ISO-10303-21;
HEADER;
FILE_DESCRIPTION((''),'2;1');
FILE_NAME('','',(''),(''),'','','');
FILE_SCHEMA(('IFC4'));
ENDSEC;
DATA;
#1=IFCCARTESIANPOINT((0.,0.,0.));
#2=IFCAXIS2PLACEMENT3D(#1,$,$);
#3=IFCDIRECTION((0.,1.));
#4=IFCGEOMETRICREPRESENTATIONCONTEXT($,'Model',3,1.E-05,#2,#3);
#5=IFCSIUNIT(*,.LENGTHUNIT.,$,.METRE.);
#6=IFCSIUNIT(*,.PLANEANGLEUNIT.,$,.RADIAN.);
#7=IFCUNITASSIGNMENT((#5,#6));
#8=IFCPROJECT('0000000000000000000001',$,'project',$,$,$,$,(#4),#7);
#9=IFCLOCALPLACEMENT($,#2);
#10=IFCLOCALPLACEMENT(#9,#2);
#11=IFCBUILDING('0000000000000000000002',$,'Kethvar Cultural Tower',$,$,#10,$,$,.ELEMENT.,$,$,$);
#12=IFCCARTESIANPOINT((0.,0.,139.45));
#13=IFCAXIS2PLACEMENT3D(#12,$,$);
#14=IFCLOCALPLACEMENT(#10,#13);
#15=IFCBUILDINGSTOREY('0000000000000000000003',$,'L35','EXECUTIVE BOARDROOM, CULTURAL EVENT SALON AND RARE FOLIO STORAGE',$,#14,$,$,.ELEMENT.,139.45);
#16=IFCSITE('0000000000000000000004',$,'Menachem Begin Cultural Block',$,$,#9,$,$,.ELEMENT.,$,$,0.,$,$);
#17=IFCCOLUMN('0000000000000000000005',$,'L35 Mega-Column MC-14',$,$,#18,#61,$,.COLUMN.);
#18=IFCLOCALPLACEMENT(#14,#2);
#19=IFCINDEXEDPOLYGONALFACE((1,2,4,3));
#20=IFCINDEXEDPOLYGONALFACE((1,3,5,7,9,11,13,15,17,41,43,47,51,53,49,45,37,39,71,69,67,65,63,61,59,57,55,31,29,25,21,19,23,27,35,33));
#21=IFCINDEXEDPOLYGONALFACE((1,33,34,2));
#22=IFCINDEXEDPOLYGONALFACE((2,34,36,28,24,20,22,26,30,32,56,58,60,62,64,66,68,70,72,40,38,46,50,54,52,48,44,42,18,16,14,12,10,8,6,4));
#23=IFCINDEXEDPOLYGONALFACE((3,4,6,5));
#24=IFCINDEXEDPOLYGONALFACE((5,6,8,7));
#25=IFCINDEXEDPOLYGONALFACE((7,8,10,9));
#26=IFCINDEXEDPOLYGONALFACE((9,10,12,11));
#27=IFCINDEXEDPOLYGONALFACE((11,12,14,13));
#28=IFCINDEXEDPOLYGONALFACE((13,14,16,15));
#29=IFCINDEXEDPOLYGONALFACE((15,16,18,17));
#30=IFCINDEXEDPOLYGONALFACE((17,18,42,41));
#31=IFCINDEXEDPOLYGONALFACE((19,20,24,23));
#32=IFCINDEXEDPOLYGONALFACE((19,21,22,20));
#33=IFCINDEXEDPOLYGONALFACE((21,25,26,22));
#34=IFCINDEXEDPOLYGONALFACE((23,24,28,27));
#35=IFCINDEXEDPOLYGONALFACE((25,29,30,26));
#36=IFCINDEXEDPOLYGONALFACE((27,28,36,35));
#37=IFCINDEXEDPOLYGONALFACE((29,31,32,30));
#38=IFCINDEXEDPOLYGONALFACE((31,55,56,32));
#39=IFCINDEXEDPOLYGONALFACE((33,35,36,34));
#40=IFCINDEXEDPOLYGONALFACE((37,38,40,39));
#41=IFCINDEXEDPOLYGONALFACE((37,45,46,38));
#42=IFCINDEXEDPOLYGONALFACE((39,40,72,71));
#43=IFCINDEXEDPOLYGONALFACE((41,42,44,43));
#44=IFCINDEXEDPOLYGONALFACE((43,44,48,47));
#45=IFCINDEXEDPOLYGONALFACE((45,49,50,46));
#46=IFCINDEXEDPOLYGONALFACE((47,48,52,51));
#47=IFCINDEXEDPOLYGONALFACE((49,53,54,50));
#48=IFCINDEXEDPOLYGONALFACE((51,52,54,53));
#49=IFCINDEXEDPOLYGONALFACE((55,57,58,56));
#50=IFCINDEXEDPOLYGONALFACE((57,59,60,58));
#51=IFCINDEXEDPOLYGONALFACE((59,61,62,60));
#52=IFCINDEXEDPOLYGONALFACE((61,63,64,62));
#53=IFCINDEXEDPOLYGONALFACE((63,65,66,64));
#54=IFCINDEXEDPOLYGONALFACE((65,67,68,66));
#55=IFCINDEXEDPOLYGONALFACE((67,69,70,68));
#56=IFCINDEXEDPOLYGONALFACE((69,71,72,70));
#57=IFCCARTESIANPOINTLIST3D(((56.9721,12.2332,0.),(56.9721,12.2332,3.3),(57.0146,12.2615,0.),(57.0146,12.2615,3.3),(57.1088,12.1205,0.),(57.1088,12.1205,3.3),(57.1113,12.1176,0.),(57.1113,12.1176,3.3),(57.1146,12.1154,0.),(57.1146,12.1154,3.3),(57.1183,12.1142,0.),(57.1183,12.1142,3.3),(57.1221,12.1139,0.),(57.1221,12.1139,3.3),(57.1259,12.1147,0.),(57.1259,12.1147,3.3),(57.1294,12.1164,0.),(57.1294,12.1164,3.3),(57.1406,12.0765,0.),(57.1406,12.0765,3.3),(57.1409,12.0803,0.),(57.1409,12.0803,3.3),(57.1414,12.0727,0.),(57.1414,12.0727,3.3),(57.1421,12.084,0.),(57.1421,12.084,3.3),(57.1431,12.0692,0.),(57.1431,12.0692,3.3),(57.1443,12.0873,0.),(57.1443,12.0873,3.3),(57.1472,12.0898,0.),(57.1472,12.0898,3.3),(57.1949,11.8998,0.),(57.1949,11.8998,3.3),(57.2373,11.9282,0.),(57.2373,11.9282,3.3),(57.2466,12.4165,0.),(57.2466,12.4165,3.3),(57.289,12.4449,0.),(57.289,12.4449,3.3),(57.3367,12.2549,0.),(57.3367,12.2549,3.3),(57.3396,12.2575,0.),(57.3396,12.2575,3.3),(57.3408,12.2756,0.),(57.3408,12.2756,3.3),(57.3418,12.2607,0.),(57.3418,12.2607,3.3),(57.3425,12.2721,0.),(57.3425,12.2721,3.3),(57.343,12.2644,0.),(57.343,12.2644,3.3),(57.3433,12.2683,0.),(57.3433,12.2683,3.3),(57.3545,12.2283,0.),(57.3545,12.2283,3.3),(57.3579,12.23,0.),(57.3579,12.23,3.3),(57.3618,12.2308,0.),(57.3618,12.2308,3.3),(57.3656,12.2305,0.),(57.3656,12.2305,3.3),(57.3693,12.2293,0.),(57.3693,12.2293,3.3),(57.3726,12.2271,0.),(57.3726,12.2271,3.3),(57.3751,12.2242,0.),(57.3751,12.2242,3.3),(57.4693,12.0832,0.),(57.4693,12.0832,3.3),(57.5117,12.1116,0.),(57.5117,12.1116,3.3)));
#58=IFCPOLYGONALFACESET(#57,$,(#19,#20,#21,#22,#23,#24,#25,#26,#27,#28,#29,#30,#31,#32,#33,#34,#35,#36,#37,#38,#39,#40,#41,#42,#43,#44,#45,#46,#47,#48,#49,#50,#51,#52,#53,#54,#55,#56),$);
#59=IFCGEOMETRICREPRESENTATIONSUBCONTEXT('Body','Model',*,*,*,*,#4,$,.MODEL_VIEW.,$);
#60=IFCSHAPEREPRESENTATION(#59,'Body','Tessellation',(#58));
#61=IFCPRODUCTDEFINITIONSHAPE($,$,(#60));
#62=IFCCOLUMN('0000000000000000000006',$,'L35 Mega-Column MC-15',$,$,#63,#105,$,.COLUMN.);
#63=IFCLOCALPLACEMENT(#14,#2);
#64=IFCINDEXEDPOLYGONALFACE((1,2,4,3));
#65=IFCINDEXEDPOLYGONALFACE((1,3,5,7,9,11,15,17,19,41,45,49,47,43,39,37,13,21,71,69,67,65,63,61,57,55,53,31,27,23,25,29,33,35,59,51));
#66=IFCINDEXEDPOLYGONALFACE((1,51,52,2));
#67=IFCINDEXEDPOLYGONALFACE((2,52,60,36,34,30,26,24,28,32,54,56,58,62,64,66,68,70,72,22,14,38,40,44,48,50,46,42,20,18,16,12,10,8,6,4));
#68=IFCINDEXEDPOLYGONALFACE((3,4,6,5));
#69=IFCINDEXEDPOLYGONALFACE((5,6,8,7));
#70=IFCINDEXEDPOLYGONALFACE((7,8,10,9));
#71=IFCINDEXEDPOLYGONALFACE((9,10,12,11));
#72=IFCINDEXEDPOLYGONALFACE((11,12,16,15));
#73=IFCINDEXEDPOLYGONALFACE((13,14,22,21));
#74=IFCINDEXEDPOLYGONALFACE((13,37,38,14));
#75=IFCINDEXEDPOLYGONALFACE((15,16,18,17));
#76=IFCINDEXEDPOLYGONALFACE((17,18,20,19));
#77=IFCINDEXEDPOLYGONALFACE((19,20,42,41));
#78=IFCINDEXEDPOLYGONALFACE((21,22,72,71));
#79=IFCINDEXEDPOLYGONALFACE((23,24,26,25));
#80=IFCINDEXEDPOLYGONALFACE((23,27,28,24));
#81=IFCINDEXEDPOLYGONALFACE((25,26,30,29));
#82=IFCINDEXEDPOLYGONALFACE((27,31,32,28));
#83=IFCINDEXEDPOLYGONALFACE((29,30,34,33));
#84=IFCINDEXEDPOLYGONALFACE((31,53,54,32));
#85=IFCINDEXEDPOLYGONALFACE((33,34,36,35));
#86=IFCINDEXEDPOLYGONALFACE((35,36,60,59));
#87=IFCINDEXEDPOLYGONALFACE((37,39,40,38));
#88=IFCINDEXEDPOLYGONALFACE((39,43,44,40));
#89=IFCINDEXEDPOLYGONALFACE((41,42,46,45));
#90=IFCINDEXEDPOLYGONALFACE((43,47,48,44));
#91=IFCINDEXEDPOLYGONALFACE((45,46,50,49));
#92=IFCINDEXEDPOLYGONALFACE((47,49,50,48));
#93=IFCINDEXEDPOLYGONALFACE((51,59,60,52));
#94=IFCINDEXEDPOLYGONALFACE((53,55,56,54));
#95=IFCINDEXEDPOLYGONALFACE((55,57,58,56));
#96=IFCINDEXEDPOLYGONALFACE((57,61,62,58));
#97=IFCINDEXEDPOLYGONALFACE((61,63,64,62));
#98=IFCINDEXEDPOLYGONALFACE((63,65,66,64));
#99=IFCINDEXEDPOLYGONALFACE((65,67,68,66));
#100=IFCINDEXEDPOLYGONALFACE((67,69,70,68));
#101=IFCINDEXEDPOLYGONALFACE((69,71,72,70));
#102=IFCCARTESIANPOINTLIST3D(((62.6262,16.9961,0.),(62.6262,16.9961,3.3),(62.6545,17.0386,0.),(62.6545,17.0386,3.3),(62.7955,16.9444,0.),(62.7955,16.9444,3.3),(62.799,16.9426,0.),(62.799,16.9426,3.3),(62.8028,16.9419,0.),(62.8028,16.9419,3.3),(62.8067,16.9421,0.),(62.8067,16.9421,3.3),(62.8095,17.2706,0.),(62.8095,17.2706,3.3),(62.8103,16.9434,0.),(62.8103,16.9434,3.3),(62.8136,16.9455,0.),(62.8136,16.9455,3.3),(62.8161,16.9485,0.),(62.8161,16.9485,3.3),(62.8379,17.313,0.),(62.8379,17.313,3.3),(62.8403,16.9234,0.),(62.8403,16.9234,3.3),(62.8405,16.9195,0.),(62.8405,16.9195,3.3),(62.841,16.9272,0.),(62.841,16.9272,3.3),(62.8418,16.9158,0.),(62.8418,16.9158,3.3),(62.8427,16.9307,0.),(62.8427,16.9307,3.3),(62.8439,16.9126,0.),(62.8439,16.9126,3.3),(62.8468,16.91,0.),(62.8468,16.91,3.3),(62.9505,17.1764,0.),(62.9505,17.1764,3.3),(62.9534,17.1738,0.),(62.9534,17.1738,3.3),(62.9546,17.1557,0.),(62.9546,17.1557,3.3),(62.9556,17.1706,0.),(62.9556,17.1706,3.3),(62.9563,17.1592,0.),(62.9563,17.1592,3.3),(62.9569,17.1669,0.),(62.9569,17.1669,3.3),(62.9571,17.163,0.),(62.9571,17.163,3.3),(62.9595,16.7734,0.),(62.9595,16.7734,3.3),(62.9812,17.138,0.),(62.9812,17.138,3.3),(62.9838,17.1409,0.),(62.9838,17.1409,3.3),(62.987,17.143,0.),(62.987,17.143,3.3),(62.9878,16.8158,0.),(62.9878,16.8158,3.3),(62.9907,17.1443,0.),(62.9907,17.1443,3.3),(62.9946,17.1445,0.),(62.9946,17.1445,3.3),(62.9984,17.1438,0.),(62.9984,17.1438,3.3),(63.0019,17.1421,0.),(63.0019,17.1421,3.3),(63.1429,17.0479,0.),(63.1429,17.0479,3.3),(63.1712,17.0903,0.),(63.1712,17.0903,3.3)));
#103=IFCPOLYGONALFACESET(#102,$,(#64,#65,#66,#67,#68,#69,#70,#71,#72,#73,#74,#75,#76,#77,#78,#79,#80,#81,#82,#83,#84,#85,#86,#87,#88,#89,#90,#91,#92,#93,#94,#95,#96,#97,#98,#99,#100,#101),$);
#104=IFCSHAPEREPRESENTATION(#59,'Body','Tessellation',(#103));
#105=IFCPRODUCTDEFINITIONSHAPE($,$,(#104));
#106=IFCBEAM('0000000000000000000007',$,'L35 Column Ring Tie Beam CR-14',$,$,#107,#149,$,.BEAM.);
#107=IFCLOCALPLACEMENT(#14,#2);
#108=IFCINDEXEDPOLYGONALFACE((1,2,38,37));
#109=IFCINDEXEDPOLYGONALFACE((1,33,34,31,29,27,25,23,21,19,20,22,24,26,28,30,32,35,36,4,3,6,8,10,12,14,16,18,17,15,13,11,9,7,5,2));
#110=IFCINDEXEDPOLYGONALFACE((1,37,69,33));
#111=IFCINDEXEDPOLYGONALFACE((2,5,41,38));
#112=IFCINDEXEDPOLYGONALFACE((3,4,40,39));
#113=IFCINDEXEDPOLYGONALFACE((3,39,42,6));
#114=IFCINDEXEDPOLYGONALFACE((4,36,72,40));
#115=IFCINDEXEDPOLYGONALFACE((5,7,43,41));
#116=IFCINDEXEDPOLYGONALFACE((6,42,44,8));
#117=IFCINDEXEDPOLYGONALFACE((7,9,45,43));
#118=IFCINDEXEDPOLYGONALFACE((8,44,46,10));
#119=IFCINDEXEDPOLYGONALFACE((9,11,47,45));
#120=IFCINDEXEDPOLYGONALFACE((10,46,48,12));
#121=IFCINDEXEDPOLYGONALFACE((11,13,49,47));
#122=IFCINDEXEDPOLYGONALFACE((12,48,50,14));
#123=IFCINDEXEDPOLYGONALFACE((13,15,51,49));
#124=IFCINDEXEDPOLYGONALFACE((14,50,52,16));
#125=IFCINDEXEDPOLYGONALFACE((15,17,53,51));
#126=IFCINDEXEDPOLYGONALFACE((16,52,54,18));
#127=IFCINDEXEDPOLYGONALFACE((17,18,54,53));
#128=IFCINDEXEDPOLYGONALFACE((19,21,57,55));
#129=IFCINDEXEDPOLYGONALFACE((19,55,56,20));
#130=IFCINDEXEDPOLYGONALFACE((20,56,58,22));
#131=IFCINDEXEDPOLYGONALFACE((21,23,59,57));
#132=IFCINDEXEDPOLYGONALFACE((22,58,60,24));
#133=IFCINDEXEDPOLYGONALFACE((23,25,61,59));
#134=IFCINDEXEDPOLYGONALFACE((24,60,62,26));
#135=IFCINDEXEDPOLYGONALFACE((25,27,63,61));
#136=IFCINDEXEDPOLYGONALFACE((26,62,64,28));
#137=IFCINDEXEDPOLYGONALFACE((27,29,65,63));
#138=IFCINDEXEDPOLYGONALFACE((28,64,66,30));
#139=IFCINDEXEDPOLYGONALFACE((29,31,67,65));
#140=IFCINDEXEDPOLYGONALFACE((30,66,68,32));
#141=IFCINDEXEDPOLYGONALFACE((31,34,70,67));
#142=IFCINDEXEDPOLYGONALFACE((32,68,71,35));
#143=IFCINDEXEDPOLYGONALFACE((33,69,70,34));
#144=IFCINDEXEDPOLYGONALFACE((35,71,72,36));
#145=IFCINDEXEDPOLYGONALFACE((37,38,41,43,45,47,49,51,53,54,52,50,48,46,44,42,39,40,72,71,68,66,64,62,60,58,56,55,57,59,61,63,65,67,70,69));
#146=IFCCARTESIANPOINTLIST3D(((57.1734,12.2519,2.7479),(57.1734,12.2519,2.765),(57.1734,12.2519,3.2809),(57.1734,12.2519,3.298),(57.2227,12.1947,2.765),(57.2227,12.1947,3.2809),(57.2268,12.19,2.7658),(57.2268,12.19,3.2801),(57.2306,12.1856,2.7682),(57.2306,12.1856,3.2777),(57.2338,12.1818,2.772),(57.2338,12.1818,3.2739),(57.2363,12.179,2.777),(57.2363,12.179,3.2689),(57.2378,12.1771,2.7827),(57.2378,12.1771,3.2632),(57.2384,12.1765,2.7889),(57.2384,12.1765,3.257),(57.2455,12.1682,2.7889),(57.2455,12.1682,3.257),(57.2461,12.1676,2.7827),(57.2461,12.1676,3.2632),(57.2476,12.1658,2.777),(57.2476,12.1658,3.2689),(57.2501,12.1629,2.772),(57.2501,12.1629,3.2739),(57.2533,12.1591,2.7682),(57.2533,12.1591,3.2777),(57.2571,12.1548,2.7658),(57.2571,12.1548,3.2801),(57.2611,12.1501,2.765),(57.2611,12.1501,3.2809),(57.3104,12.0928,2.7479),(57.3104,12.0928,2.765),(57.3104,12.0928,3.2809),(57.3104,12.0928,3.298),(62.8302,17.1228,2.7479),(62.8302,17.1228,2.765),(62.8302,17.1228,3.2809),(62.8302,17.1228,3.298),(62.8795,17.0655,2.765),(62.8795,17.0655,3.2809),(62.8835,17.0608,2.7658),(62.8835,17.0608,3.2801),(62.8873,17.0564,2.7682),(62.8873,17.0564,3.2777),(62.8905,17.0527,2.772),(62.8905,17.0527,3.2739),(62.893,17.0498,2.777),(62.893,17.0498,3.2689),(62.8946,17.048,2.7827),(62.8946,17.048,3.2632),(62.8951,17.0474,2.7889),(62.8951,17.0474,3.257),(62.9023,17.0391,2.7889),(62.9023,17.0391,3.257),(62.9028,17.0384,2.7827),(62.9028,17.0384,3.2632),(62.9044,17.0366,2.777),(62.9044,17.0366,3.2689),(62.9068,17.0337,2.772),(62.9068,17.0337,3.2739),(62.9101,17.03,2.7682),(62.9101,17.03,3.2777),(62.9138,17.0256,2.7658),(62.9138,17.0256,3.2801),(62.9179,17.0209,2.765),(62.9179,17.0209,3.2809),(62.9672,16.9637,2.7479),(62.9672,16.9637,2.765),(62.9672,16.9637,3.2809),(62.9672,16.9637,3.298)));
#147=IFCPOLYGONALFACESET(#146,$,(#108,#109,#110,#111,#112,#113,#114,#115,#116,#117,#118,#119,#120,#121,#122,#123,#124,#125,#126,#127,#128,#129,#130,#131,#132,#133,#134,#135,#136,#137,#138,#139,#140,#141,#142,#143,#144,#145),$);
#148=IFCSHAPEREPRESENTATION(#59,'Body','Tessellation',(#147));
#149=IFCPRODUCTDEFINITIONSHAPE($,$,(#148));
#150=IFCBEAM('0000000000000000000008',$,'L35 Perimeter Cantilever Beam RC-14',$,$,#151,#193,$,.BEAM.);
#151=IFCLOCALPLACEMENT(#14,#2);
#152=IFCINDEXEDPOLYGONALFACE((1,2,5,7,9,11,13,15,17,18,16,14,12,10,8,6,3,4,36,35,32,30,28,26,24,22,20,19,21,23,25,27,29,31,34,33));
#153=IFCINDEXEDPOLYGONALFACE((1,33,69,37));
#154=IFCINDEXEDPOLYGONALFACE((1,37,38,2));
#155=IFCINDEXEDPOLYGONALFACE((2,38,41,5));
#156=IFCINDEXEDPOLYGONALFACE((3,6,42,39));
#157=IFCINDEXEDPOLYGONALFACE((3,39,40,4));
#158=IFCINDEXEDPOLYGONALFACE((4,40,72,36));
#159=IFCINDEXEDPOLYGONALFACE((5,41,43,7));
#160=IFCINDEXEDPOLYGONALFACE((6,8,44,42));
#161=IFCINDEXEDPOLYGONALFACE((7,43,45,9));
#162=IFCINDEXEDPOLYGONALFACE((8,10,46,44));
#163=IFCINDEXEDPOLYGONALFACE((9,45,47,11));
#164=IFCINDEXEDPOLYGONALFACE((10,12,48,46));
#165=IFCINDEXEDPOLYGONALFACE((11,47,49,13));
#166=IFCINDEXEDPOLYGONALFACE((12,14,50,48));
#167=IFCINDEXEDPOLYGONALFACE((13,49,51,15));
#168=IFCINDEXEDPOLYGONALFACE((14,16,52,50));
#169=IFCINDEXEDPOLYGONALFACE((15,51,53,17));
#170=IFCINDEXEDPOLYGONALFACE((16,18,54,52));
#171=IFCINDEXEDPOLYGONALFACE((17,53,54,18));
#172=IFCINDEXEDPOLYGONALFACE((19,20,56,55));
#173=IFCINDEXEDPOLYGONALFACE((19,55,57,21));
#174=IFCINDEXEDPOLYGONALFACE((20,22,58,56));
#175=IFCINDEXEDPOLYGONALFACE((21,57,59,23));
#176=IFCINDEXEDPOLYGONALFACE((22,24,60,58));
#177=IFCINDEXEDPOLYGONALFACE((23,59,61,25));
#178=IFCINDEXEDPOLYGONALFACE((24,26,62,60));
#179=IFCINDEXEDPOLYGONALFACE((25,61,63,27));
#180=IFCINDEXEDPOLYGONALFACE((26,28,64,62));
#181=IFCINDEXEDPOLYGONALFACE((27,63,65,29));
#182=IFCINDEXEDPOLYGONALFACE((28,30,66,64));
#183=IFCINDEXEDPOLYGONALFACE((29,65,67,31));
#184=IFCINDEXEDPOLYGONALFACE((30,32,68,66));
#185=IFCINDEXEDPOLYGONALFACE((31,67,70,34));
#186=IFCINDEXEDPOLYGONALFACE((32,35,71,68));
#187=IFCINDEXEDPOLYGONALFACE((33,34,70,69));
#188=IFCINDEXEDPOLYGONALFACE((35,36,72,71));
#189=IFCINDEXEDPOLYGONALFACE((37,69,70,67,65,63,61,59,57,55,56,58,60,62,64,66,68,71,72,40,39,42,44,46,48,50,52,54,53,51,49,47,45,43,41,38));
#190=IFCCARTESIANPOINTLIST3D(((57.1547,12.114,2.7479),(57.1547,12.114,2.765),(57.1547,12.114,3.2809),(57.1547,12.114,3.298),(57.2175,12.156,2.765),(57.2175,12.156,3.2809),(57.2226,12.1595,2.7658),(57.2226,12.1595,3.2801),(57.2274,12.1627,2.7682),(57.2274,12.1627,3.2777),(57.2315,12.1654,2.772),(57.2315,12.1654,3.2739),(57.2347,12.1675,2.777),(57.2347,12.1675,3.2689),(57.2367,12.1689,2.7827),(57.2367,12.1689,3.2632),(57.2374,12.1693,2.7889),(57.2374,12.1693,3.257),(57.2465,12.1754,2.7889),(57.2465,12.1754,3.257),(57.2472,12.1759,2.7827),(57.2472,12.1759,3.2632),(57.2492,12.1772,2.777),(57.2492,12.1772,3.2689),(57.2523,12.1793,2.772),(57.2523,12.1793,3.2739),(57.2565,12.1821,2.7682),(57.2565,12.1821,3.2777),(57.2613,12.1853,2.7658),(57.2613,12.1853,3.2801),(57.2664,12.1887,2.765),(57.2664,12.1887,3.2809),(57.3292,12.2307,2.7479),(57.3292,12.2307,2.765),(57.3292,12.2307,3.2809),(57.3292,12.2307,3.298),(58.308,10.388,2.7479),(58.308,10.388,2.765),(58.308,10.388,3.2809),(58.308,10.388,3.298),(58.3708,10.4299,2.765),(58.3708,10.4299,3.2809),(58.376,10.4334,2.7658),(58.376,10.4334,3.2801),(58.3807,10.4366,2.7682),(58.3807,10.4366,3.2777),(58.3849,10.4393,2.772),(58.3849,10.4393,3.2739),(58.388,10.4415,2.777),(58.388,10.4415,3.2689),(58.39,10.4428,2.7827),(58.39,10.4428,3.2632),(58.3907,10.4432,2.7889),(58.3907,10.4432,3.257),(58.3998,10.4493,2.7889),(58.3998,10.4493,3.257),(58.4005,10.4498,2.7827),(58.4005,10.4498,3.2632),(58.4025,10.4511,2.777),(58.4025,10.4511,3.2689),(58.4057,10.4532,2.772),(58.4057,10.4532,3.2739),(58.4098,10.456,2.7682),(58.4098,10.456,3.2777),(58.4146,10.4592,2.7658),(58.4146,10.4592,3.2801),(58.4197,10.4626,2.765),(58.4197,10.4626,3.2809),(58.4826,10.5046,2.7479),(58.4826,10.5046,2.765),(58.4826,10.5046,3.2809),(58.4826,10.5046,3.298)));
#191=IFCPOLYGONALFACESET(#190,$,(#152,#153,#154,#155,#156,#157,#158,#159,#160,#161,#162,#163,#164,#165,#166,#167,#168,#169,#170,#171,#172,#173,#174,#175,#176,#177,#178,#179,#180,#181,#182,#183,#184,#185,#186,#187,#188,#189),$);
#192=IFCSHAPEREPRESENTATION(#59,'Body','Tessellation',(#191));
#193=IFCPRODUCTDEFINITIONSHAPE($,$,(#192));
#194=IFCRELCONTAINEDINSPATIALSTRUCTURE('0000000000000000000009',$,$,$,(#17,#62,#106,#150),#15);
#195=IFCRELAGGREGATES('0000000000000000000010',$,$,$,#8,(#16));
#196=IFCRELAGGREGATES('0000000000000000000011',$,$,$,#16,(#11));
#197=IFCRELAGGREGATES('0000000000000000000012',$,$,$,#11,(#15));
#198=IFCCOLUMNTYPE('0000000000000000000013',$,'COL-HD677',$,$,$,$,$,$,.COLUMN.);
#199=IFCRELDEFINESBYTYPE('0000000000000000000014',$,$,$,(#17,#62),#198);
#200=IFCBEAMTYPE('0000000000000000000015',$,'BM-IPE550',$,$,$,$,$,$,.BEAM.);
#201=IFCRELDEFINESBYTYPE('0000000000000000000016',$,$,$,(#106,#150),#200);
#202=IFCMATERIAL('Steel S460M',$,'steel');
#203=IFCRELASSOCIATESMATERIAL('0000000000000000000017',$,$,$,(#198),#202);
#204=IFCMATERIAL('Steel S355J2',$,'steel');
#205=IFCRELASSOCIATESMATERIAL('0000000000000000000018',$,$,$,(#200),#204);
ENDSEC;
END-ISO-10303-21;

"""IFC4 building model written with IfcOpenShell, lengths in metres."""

from ifc_helpers import new_model, si_unit, direction, frame, origin, origin_2d, place, context, subcontext, project, spatial, i_section, extrude, source, transform, mapped, material, material_profile, profile_set, type_object, element, save


model = new_model("IFC4")

# Units and contexts
model_context = context("Model", 3, precision=1e-05, world=origin(), true_north=direction((0.0, 1.0)))
body_context = subcontext(model_context, "Body", "Model", "MODEL_VIEW")
ifc_project = project(units=[si_unit("LENGTHUNIT", "METRE"), si_unit("PLANEANGLEUNIT", "RADIAN")], contexts=[model_context])

# Site, building, storey
site_placement = place(None, origin())
site = spatial("IfcSite", under=ifc_project, at=site_placement, Name="Menachem Begin Cultural Block", CompositionType="ELEMENT", RefElevation=0.0)
building_placement = place(site_placement, origin())
building = spatial("IfcBuilding", under=site, at=building_placement, Name="Kethvar Cultural Tower", CompositionType="ELEMENT")
storey_placement = place(building_placement, frame((0.0, 0.0, 139.45)))
storey = spatial("IfcBuildingStorey", under=building, at=storey_placement, Name="L35", Description="EXECUTIVE BOARDROOM, CULTURAL EVENT SALON AND RARE FOLIO STORAGE", CompositionType="ELEMENT", Elevation=139.45)

# Columns
ifc_material_1 = material(Name="Steel S460M", Category="steel")
ifc_material_profile_1 = material_profile(ifc_material_1, i_section(OverallWidth=0.4009, OverallDepth=0.3811, WebThickness=0.032, FlangeThickness=0.051, FilletRadius=0.0149, at=origin_2d()), Name="Steel S460M — HD400x677")
ifc_profile_set_1 = profile_set([ifc_material_profile_1], Name="Steel S460M — HD400x677")
column_type = type_object("IfcColumnType", Name="COL-HD677", PredefinedType="COLUMN", material=ifc_profile_set_1)
shared_shape_1 = source(origin(), body_context, "Body", "SweptSolid", [
    extrude(i_section(OverallWidth=0.4009, OverallDepth=0.3811, WebThickness=0.032, FlangeThickness=0.051, FilletRadius=0.0149, at=origin_2d()), origin(), (0.0, 0.0, 1.0), 3.3),
])
for number, where, z_axis, x_axis, name in (
    (1, (57.2419, 12.1724, 0.0), (0.0, 0.0, 1.0), (0.55557, -0.83147, 0.0), "L35 Mega-Column MC-14"),
    (2, (62.8987, 17.0432, 0.0), (0.0, 0.0, 1.0), (0.83147, -0.55557, 0.0), "L35 Mega-Column MC-15"),
):
    element("IfcColumn", number, at=place(storey_placement, frame(where, z_axis=z_axis, x_axis=x_axis)), inside=storey, type_object=column_type, Name=name, PredefinedType="COLUMN", context=body_context, shape_type="MappedRepresentation", body=[
        mapped(shared_shape_1, transform((0.0, 0.0, 0.0), scale=1.0)),
    ])

# Beams
ifc_material_2 = material(Name="Steel S355J2", Category="steel")
ifc_material_profile_2 = material_profile(ifc_material_2, i_section(OverallWidth=0.21, OverallDepth=0.55, WebThickness=0.011, FlangeThickness=0.0171, FilletRadius=0.0239, at=origin_2d()), Name="Steel S355J2 — IPE550")
ifc_profile_set_2 = profile_set([ifc_material_profile_2], Name="Steel S355J2 — IPE550")
beam_type_1 = type_object("IfcBeamType", Name="BM-IPE550", PredefinedType="BEAM", material=ifc_profile_set_2)
shared_shape_2 = source(origin(), body_context, "Body", "SweptSolid", [
    extrude(i_section(OverallWidth=0.21, OverallDepth=0.55, WebThickness=0.011, FlangeThickness=0.0171, FilletRadius=0.0239, at=origin_2d()), origin(), (0.0, 0.0, 1.0), 7.4648),
])
beam_1_placement = place(storey_placement, frame((57.2419, 12.1724, 3.0229), z_axis=(0.757784, 0.652505, 0.0), x_axis=(-0.652505, 0.757784, 0.0)))
element("IfcBeam", 3, at=beam_1_placement, inside=storey, type_object=beam_type_1, Name="L35 Column Ring Tie Beam CR-14", PredefinedType="BEAM", context=body_context, shape_type="MappedRepresentation", body=[
    mapped(shared_shape_2, transform((0.0, 0.0, 0.0), scale=1.0)),
])
shared_shape_3 = source(origin(), body_context, "Body", "SweptSolid", [
    extrude(i_section(OverallWidth=0.21, OverallDepth=0.55, WebThickness=0.011, FlangeThickness=0.0171, FilletRadius=0.0239, at=origin_2d()), origin(), (0.0, 0.0, 1.0), 2.0759),
])
beam_2_placement = place(storey_placement, frame((57.2419, 12.1724, 3.0229), z_axis=(0.555568, -0.831471, 0.0), x_axis=(0.831471, 0.555568, 0.0)))
element("IfcBeam", 4, at=beam_2_placement, inside=storey, type_object=beam_type_1, Name="L35 Perimeter Cantilever Beam RC-14", PredefinedType="BEAM", context=body_context, shape_type="MappedRepresentation", body=[
    mapped(shared_shape_3, transform((0.0, 0.0, 0.0), scale=1.0)),
])

save(model, "model.ifc")
